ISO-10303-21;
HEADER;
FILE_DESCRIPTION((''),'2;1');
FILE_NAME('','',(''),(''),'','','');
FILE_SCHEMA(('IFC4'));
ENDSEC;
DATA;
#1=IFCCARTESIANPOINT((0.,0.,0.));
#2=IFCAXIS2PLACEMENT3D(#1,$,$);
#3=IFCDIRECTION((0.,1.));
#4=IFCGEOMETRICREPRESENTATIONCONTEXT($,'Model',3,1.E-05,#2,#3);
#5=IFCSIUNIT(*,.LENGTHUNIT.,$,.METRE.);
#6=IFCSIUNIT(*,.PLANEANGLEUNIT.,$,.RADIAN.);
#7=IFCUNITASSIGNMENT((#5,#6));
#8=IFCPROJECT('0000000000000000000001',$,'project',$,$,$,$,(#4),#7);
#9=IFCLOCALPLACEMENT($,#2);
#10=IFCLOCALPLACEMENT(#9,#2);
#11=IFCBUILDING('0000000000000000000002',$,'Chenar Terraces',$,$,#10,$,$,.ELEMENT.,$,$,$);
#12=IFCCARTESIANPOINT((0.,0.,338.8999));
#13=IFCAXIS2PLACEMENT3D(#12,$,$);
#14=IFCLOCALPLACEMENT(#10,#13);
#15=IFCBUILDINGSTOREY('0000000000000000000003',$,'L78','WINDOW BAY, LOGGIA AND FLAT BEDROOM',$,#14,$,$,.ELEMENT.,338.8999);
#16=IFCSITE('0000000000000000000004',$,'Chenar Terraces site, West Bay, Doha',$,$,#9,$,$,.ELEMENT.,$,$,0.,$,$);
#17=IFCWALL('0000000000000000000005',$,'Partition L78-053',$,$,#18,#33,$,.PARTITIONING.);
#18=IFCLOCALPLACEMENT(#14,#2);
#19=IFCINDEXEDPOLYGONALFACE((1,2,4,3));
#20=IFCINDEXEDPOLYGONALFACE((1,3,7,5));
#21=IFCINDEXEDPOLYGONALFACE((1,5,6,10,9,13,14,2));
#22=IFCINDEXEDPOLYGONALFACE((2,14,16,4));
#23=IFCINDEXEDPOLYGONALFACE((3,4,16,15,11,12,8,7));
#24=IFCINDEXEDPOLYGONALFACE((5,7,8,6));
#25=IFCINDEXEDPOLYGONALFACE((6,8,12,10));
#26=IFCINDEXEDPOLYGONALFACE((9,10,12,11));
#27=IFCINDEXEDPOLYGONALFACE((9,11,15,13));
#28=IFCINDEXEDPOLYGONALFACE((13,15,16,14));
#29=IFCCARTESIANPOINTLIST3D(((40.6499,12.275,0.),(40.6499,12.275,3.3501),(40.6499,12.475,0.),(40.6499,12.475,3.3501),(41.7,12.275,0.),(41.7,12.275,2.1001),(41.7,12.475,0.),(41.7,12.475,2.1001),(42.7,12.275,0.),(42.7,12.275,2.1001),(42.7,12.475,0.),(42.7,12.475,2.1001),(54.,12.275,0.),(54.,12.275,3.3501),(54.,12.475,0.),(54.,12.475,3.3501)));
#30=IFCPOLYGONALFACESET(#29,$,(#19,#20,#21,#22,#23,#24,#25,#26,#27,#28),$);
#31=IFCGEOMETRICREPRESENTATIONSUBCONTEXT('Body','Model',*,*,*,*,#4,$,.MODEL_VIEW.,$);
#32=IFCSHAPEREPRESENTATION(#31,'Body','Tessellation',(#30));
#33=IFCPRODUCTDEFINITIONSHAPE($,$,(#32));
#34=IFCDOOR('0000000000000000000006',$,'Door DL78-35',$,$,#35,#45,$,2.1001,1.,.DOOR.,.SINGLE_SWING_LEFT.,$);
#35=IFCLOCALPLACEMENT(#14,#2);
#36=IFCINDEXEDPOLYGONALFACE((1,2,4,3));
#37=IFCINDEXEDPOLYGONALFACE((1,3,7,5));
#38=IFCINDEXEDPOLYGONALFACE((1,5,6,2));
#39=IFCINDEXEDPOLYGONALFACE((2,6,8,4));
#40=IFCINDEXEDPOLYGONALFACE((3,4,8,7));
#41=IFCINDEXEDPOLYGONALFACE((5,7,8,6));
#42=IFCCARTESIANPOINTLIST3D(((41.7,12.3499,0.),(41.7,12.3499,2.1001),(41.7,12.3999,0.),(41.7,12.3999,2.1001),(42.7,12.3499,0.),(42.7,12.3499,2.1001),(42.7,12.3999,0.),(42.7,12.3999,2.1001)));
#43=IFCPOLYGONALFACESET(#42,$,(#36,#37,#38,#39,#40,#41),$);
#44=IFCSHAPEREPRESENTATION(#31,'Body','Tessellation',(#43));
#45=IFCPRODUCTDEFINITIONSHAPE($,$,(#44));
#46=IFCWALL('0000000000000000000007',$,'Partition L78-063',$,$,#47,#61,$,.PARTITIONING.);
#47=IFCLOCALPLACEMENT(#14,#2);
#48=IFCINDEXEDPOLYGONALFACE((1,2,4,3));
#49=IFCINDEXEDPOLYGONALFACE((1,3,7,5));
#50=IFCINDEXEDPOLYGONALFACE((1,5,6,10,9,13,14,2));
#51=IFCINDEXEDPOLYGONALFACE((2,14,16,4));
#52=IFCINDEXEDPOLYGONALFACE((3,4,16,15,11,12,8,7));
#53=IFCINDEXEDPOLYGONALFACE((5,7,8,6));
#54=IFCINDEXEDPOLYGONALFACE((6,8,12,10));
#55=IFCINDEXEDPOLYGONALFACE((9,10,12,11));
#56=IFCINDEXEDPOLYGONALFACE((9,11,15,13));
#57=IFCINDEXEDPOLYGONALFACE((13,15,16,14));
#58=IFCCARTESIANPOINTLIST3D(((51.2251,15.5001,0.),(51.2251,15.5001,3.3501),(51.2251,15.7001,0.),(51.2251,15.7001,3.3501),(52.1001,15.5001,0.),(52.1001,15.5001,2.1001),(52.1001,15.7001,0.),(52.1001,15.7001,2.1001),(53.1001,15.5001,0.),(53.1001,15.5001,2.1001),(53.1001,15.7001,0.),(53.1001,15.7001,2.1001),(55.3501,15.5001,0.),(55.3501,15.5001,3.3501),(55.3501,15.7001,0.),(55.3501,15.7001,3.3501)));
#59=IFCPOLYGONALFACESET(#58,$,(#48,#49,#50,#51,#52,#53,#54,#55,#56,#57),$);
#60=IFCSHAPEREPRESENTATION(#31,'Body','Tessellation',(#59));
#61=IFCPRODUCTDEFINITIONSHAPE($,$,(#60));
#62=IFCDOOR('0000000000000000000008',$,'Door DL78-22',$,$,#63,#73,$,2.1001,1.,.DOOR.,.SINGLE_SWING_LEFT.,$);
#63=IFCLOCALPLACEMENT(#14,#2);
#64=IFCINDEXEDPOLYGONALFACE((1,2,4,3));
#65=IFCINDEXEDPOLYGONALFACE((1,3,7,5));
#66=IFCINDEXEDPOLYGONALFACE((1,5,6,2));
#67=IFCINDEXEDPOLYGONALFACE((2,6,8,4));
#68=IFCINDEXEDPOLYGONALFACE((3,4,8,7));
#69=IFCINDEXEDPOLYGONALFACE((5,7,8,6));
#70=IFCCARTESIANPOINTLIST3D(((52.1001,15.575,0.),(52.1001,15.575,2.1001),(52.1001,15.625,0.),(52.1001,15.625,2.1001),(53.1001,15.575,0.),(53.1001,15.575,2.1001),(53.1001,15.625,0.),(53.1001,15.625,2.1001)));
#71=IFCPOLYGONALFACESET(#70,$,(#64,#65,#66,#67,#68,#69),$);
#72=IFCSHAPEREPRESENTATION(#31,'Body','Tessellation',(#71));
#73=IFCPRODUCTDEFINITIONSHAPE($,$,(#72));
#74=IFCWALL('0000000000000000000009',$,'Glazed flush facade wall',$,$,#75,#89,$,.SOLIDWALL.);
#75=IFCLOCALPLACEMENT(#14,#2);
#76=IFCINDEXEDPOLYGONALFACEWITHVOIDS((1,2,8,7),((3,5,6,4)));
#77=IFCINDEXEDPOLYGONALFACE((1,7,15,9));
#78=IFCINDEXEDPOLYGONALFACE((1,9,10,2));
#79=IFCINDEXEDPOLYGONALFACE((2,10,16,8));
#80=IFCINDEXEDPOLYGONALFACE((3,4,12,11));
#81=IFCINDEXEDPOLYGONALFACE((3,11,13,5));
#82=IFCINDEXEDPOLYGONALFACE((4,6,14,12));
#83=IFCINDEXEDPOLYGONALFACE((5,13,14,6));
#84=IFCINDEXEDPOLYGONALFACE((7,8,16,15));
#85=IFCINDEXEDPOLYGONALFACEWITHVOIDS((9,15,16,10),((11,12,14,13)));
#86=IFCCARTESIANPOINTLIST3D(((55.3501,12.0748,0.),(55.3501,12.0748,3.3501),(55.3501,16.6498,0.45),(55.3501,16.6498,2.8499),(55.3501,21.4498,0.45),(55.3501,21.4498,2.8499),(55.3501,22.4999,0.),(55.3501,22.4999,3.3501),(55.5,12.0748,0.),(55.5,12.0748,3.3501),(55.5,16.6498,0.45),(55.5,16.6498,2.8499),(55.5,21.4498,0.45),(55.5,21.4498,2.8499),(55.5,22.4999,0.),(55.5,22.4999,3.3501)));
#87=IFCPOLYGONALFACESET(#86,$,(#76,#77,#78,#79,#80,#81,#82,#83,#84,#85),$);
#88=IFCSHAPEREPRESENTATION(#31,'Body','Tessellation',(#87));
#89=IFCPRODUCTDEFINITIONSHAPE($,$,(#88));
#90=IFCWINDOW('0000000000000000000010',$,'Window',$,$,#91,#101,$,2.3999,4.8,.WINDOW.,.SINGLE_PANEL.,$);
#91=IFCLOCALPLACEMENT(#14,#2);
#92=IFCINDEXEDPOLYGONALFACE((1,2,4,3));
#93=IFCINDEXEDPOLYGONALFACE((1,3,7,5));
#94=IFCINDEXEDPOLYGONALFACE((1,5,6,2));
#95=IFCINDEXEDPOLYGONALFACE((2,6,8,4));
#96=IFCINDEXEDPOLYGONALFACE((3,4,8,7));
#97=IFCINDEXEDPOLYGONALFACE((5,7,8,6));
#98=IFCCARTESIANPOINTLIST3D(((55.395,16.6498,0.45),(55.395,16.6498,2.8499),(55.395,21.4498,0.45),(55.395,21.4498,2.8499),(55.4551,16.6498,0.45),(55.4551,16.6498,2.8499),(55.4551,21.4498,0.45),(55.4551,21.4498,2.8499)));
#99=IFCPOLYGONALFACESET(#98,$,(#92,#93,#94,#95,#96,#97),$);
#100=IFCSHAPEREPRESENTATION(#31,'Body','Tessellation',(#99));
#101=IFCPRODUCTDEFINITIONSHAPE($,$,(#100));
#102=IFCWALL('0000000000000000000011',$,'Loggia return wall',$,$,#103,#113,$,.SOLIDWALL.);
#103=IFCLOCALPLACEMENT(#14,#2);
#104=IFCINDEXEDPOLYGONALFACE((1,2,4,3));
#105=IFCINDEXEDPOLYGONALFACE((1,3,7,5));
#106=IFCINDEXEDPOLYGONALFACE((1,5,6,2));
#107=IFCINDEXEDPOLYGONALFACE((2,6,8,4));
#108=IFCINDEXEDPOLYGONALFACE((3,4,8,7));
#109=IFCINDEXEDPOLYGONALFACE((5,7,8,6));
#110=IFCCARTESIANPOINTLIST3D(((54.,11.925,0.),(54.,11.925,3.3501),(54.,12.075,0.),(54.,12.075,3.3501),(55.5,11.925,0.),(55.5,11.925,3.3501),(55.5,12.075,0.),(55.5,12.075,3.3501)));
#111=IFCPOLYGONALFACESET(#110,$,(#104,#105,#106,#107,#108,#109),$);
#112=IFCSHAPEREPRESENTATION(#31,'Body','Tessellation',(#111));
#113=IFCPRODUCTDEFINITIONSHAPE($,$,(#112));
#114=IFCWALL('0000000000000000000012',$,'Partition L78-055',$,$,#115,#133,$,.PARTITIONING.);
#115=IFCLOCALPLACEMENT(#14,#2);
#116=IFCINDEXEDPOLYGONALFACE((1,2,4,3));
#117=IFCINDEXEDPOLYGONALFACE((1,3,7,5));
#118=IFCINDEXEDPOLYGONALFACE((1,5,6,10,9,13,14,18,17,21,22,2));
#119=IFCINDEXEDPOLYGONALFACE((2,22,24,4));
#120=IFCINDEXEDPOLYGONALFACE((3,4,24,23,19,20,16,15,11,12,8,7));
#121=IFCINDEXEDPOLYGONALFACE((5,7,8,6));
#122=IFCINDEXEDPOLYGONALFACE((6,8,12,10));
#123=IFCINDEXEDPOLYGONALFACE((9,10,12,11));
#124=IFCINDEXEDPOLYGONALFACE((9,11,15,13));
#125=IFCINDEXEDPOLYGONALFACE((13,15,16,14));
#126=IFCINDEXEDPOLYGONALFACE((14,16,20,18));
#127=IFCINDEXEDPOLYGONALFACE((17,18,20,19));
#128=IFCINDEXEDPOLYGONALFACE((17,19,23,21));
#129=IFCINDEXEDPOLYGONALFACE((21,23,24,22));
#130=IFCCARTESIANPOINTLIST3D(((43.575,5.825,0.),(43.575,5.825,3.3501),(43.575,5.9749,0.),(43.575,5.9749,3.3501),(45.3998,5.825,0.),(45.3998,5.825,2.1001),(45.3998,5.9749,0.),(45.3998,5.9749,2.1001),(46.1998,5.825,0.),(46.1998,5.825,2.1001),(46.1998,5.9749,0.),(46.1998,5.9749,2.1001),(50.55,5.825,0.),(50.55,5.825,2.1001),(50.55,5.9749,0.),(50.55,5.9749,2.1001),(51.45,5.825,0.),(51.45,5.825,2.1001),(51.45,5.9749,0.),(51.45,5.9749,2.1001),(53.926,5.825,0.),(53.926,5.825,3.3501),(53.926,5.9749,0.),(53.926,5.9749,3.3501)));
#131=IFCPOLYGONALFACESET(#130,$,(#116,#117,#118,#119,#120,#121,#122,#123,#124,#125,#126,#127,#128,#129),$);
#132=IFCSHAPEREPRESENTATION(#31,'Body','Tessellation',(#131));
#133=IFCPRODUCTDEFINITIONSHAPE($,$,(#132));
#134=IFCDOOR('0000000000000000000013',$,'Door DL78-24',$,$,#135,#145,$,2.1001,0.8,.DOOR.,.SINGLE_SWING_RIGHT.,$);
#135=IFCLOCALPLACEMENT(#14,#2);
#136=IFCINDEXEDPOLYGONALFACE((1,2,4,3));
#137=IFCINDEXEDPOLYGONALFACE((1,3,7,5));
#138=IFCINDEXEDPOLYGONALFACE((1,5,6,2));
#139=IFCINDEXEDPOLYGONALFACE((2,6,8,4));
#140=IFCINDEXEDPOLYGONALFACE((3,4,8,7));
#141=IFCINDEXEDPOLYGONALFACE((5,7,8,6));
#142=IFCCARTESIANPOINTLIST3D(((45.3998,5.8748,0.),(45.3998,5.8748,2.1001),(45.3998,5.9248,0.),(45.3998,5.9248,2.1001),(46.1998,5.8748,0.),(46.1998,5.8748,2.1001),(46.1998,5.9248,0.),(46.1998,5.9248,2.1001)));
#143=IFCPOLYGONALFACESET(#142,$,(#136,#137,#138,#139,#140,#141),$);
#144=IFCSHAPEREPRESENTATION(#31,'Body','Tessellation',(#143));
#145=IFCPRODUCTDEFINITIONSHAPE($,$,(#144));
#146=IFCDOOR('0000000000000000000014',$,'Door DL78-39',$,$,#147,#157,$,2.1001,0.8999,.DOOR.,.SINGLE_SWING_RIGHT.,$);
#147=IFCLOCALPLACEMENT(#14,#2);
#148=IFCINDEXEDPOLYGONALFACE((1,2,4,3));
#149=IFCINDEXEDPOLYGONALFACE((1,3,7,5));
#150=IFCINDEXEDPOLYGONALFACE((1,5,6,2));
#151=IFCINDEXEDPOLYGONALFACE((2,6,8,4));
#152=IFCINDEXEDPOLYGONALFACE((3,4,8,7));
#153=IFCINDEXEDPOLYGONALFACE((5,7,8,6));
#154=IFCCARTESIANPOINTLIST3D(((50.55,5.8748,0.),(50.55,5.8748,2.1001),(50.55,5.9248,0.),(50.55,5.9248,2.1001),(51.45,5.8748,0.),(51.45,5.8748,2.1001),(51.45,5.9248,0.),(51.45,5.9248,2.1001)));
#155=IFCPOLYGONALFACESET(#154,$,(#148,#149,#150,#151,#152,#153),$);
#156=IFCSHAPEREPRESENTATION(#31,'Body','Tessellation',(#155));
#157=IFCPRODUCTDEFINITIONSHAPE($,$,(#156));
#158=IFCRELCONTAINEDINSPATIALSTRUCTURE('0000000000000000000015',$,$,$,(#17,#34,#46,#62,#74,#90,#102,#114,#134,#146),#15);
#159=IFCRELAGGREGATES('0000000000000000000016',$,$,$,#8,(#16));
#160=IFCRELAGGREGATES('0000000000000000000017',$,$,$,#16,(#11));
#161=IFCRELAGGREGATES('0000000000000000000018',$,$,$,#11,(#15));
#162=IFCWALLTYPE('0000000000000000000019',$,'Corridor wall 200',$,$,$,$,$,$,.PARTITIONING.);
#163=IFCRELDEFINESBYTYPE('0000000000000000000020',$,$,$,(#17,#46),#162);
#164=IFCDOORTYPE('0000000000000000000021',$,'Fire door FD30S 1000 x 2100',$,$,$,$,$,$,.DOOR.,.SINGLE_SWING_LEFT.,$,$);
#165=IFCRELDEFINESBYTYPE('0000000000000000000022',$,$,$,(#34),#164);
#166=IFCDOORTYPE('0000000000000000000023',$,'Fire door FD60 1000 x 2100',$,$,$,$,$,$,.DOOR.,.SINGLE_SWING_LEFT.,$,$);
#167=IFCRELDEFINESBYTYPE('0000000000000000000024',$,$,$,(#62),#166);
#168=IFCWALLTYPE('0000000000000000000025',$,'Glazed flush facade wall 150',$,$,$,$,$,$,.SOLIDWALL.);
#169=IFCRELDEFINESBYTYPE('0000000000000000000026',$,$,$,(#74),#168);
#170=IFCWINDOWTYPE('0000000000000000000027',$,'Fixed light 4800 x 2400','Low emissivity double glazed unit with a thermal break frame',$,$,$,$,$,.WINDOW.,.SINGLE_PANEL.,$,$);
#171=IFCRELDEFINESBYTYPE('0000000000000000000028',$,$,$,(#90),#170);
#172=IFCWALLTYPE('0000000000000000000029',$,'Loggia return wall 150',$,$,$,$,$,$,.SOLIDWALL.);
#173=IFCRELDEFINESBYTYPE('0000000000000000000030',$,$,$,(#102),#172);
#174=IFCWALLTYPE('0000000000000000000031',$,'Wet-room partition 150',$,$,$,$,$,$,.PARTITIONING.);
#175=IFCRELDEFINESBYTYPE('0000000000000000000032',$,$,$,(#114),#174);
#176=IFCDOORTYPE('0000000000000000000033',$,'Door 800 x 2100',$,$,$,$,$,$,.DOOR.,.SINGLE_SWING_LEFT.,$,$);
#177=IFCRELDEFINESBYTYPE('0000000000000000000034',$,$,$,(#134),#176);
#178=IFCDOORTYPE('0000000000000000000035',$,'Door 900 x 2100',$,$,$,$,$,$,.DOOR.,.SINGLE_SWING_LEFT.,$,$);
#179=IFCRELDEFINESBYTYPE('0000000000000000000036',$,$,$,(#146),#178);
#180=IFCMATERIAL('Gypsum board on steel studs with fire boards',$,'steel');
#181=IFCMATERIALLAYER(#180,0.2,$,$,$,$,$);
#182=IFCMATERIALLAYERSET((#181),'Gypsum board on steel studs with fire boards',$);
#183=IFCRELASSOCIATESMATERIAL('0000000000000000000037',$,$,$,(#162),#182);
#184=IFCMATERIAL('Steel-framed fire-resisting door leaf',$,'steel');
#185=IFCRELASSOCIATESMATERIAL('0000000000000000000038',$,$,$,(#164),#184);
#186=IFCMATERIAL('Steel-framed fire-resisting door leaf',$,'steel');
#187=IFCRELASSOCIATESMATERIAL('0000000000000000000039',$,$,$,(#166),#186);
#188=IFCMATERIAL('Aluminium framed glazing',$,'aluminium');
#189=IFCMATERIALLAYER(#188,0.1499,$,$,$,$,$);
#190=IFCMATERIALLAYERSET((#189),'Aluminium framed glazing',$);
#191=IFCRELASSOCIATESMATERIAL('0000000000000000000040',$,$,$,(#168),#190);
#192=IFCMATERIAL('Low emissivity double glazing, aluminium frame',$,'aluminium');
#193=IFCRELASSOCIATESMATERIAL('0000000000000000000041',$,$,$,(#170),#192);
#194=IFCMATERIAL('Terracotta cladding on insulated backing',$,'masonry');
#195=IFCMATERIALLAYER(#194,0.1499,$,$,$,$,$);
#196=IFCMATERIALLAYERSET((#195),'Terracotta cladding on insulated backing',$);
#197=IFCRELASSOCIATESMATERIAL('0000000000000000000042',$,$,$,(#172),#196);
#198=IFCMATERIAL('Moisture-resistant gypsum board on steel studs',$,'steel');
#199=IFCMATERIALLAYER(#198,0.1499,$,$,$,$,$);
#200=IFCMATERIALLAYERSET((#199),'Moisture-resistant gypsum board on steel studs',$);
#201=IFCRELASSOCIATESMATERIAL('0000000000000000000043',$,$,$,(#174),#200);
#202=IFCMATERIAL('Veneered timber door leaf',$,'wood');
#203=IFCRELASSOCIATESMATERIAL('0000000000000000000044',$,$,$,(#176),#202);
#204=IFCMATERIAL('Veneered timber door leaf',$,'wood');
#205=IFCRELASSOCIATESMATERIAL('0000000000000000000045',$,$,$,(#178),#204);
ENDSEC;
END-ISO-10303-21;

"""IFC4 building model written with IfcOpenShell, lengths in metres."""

from ifc_helpers import new_model, si_unit, direction, frame, frame_2d, origin, place, context, subcontext, project, spatial, rectangle, extrude, material, layer, layer_set, type_object, element, fill, save


model = new_model("IFC4")

# Units and contexts
model_context = context("Model", 3, precision=1e-05, world=origin(), true_north=direction((0.0, 1.0)))
body_context = subcontext(model_context, "Body", "Model", "MODEL_VIEW")
ifc_project = project(units=[si_unit("LENGTHUNIT", "METRE"), si_unit("PLANEANGLEUNIT", "RADIAN")], contexts=[model_context])

# Site, building, storey
site_placement = place(None, origin())
site = spatial("IfcSite", under=ifc_project, at=site_placement, Name="Chenar Terraces site, West Bay, Doha", CompositionType="ELEMENT", RefElevation=0.0)
building_placement = place(site_placement, origin())
building = spatial("IfcBuilding", under=site, at=building_placement, Name="Chenar Terraces", CompositionType="ELEMENT")
storey_placement = place(building_placement, frame((0.0, 0.0, 338.8999)))
storey = spatial("IfcBuildingStorey", under=building, at=storey_placement, Name="L78", Description="WINDOW BAY, LOGGIA AND FLAT BEDROOM", CompositionType="ELEMENT", Elevation=338.8999)

# Walls, openings, doors
ifc_material_1 = material(Name="Gypsum board on steel studs with fire boards", Category="steel")
ifc_layer_1 = layer(ifc_material_1, 0.2)
ifc_layer_set_1 = layer_set([ifc_layer_1], Name="Gypsum board on steel studs with fire boards")
wall_type_1 = type_object("IfcWallType", Name="Corridor wall 200", PredefinedType="PARTITIONING", material=ifc_layer_set_1)
wall_1_placement = place(storey_placement, frame((40.6499, 12.375, 0.0), z_axis=(0.0, 0.0, 1.0), x_axis=(1.0, 0.0, 0.0)))
wall_1 = element("IfcWall", 1, at=wall_1_placement, inside=storey, type_object=wall_type_1, Name="Partition L78-053", PredefinedType="PARTITIONING", context=body_context, shape_type="SweptSolid", body=[
    extrude(rectangle(XDim=13.3501, YDim=0.2, at=frame_2d((6.675, 0.0))), origin(), (0.0, 0.0, 1.0), 3.3501),
])
opening_1_placement = place(wall_1_placement, frame((1.05, 0.0, 0.0)))
opening_1 = element("IfcOpeningElement", 2, at=opening_1_placement, cuts=wall_1, PredefinedType="OPENING", context=body_context, shape_type="SweptSolid", body=[
    extrude(rectangle(XDim=1.0, YDim=2.1001, at=frame_2d((0.5, 1.05))), frame((0.0, 0.1099, 0.0), z_axis=(0.0, -1.0, 0.0), x_axis=(1.0, 0.0, 0.0)), (0.0, 0.0, 1.0), 0.22),
])
ifc_material_2 = material(Name="Steel-framed fire-resisting door leaf", Category="steel")
door_type_1 = type_object("IfcDoorType", Name="Fire door FD30S 1000 x 2100", OperationType="SINGLE_SWING_LEFT", PredefinedType="DOOR", material=ifc_material_2)
door_1_placement = place(opening_1_placement, origin())
door_1 = element("IfcDoor", 3, at=door_1_placement, inside=storey, type_object=door_type_1, Name="Door DL78-35", OperationType="SINGLE_SWING_LEFT", OverallHeight=2.1001, OverallWidth=1.0, PredefinedType="DOOR", context=body_context, shape_type="SweptSolid", body=[
    extrude(rectangle(XDim=1.0, YDim=2.1001, at=frame_2d((0.5, 1.05))), frame((0.0, 0.0249, 0.0), z_axis=(0.0, -1.0, 0.0), x_axis=(1.0, 0.0, 0.0)), (0.0, 0.0, 1.0), 0.05),
])
fill(opening_1, door_1)
wall_2_placement = place(storey_placement, frame((51.2251, 15.6001, 0.0), z_axis=(0.0, 0.0, 1.0), x_axis=(1.0, 0.0, 0.0)))
wall_2 = element("IfcWall", 4, at=wall_2_placement, inside=storey, type_object=wall_type_1, Name="Partition L78-063", PredefinedType="PARTITIONING", context=body_context, shape_type="SweptSolid", body=[
    extrude(rectangle(XDim=4.125, YDim=0.2, at=frame_2d((2.0625, 0.0))), origin(), (0.0, 0.0, 1.0), 3.3501),
])
opening_2_placement = place(wall_2_placement, frame((0.875, 0.0, 0.0)))
opening_2 = element("IfcOpeningElement", 5, at=opening_2_placement, cuts=wall_2, PredefinedType="OPENING", context=body_context, shape_type="SweptSolid", body=[
    extrude(rectangle(XDim=1.0, YDim=2.1001, at=frame_2d((0.5, 1.05))), frame((0.0, 0.1099, 0.0), z_axis=(0.0, -1.0, 0.0), x_axis=(1.0, 0.0, 0.0)), (0.0, 0.0, 1.0), 0.22),
])
ifc_material_3 = material(Name="Steel-framed fire-resisting door leaf", Category="steel")
door_type_2 = type_object("IfcDoorType", Name="Fire door FD60 1000 x 2100", OperationType="SINGLE_SWING_LEFT", PredefinedType="DOOR", material=ifc_material_3)
door_2_placement = place(opening_2_placement, origin())
door_2 = element("IfcDoor", 6, at=door_2_placement, inside=storey, type_object=door_type_2, Name="Door DL78-22", OperationType="SINGLE_SWING_LEFT", OverallHeight=2.1001, OverallWidth=1.0, PredefinedType="DOOR", context=body_context, shape_type="SweptSolid", body=[
    extrude(rectangle(XDim=1.0, YDim=2.1001, at=frame_2d((0.5, 1.05))), frame((0.0, 0.0249, 0.0), z_axis=(0.0, -1.0, 0.0), x_axis=(1.0, 0.0, 0.0)), (0.0, 0.0, 1.0), 0.05),
])
fill(opening_2, door_2)

# Wall, opening, window
ifc_material_4 = material(Name="Aluminium framed glazing", Category="aluminium")
ifc_layer_2 = layer(ifc_material_4, 0.1499)
ifc_layer_set_2 = layer_set([ifc_layer_2], Name="Aluminium framed glazing")
wall_type_2 = type_object("IfcWallType", Name="Glazed flush facade wall 150", PredefinedType="SOLIDWALL", material=ifc_layer_set_2)
wall_3_placement = place(storey_placement, frame((55.425, 12.075, 0.0), z_axis=(0.0, 0.0, 1.0), x_axis=(0.0, 1.0, 0.0)))
wall_3 = element("IfcWall", 7, at=wall_3_placement, inside=storey, type_object=wall_type_2, Name="Glazed flush facade wall", PredefinedType="SOLIDWALL", context=body_context, shape_type="SweptSolid", body=[
    extrude(rectangle(XDim=10.425, YDim=0.1499, at=frame_2d((5.2124, 0.0))), origin(), (0.0, 0.0, 1.0), 3.3501),
])
opening_3_placement = place(wall_3_placement, frame((4.575, 0.0, 0.45)))
opening_3 = element("IfcOpeningElement", 8, at=opening_3_placement, cuts=wall_3, PredefinedType="OPENING", context=body_context, shape_type="SweptSolid", body=[
    extrude(rectangle(XDim=4.8, YDim=2.3999, at=frame_2d((2.3999, 1.2))), frame((0.0, 0.085, 0.0), z_axis=(0.0, -1.0, 0.0), x_axis=(1.0, 0.0, 0.0)), (0.0, 0.0, 1.0), 0.1699),
])
ifc_material_5 = material(Name="Low emissivity double glazing, aluminium frame", Category="aluminium")
window_type = type_object("IfcWindowType", Name="Fixed light 4800 x 2400", Description="Low emissivity double glazed unit with a thermal break frame", PartitioningType="SINGLE_PANEL", PredefinedType="WINDOW", material=ifc_material_5)
window_placement = place(opening_3_placement, origin())
window = element("IfcWindow", 9, at=window_placement, inside=storey, type_object=window_type, Name="Window", OverallHeight=2.3999, OverallWidth=4.8, PartitioningType="SINGLE_PANEL", PredefinedType="WINDOW", context=body_context, shape_type="SweptSolid", body=[
    extrude(rectangle(XDim=4.8, YDim=2.3999, at=frame_2d((2.3999, 1.2))), frame((0.0, 0.03, 0.0), z_axis=(0.0, -1.0, 0.0), x_axis=(1.0, 0.0, 0.0)), (0.0, 0.0, 1.0), 0.0601),
])
fill(opening_3, window)

# Wall
ifc_material_6 = material(Name="Terracotta cladding on insulated backing", Category="masonry")
ifc_layer_3 = layer(ifc_material_6, 0.1499)
ifc_layer_set_3 = layer_set([ifc_layer_3], Name="Terracotta cladding on insulated backing")
wall_type_3 = type_object("IfcWallType", Name="Loggia return wall 150", PredefinedType="SOLIDWALL", material=ifc_layer_set_3)
wall_4_placement = place(storey_placement, frame((55.5, 12.0, 0.0), z_axis=(0.0, 0.0, 1.0), x_axis=(-1.0, 0.0, 0.0)))
element("IfcWall", 10, at=wall_4_placement, inside=storey, type_object=wall_type_3, Name="Loggia return wall", PredefinedType="SOLIDWALL", context=body_context, shape_type="SweptSolid", body=[
    extrude(rectangle(XDim=1.5, YDim=0.1499, at=frame_2d((0.75, 0.0))), origin(), (0.0, 0.0, 1.0), 3.3501),
])

# Wall, openings, doors
ifc_material_7 = material(Name="Moisture-resistant gypsum board on steel studs", Category="steel")
ifc_layer_4 = layer(ifc_material_7, 0.1499)
ifc_layer_set_4 = layer_set([ifc_layer_4], Name="Moisture-resistant gypsum board on steel studs")
wall_type_4 = type_object("IfcWallType", Name="Wet-room partition 150", PredefinedType="PARTITIONING", material=ifc_layer_set_4)
wall_5_placement = place(storey_placement, frame((43.575, 5.8999, 0.0), z_axis=(0.0, 0.0, 1.0), x_axis=(1.0, 0.0, 0.0)))
wall_5 = element("IfcWall", 11, at=wall_5_placement, inside=storey, type_object=wall_type_4, Name="Partition L78-055", PredefinedType="PARTITIONING", context=body_context, shape_type="SweptSolid", body=[
    extrude(rectangle(XDim=10.3511, YDim=0.1499, at=frame_2d((5.1755, 0.0))), origin(), (0.0, 0.0, 1.0), 3.3501),
])
opening_4_placement = place(wall_5_placement, frame((1.825, 0.0, 0.0)))
opening_4 = element("IfcOpeningElement", 12, at=opening_4_placement, cuts=wall_5, PredefinedType="OPENING", context=body_context, shape_type="SweptSolid", body=[
    extrude(rectangle(XDim=0.8, YDim=2.1001, at=frame_2d((0.3999, 1.05))), frame((0.0, 0.085, 0.0), z_axis=(0.0, -1.0, 0.0), x_axis=(1.0, 0.0, 0.0)), (0.0, 0.0, 1.0), 0.1699),
])
opening_5_placement = place(wall_5_placement, frame((6.9751, 0.0, 0.0)))
opening_5 = element("IfcOpeningElement", 13, at=opening_5_placement, cuts=wall_5, PredefinedType="OPENING", context=body_context, shape_type="SweptSolid", body=[
    extrude(rectangle(XDim=0.8999, YDim=2.1001, at=frame_2d((0.45, 1.05))), frame((0.0, 0.085, 0.0), z_axis=(0.0, -1.0, 0.0), x_axis=(1.0, 0.0, 0.0)), (0.0, 0.0, 1.0), 0.1699),
])
ifc_material_8 = material(Name="Veneered timber door leaf", Category="wood")
door_type_3 = type_object("IfcDoorType", Name="Door 800 x 2100", OperationType="SINGLE_SWING_LEFT", PredefinedType="DOOR", material=ifc_material_8)
door_3_placement = place(opening_4_placement, origin())
door_3 = element("IfcDoor", 14, at=door_3_placement, inside=storey, type_object=door_type_3, Name="Door DL78-24", OperationType="SINGLE_SWING_RIGHT", OverallHeight=2.1001, OverallWidth=0.8, PredefinedType="DOOR", context=body_context, shape_type="SweptSolid", body=[
    extrude(rectangle(XDim=0.8, YDim=2.1001, at=frame_2d((0.3999, 1.05))), frame((0.0, 0.0249, 0.0), z_axis=(0.0, -1.0, 0.0), x_axis=(1.0, 0.0, 0.0)), (0.0, 0.0, 1.0), 0.05),
])
fill(opening_4, door_3)
ifc_material_9 = material(Name="Veneered timber door leaf", Category="wood")
door_type_4 = type_object("IfcDoorType", Name="Door 900 x 2100", OperationType="SINGLE_SWING_LEFT", PredefinedType="DOOR", material=ifc_material_9)
door_4_placement = place(opening_5_placement, origin())
door_4 = element("IfcDoor", 15, at=door_4_placement, inside=storey, type_object=door_type_4, Name="Door DL78-39", OperationType="SINGLE_SWING_RIGHT", OverallHeight=2.1001, OverallWidth=0.8999, PredefinedType="DOOR", context=body_context, shape_type="SweptSolid", body=[
    extrude(rectangle(XDim=0.8999, YDim=2.1001, at=frame_2d((0.45, 1.05))), frame((0.0, 0.0249, 0.0), z_axis=(0.0, -1.0, 0.0), x_axis=(1.0, 0.0, 0.0)), (0.0, 0.0, 1.0), 0.05),
])
fill(opening_5, door_4)

save(model, "model.ifc")
